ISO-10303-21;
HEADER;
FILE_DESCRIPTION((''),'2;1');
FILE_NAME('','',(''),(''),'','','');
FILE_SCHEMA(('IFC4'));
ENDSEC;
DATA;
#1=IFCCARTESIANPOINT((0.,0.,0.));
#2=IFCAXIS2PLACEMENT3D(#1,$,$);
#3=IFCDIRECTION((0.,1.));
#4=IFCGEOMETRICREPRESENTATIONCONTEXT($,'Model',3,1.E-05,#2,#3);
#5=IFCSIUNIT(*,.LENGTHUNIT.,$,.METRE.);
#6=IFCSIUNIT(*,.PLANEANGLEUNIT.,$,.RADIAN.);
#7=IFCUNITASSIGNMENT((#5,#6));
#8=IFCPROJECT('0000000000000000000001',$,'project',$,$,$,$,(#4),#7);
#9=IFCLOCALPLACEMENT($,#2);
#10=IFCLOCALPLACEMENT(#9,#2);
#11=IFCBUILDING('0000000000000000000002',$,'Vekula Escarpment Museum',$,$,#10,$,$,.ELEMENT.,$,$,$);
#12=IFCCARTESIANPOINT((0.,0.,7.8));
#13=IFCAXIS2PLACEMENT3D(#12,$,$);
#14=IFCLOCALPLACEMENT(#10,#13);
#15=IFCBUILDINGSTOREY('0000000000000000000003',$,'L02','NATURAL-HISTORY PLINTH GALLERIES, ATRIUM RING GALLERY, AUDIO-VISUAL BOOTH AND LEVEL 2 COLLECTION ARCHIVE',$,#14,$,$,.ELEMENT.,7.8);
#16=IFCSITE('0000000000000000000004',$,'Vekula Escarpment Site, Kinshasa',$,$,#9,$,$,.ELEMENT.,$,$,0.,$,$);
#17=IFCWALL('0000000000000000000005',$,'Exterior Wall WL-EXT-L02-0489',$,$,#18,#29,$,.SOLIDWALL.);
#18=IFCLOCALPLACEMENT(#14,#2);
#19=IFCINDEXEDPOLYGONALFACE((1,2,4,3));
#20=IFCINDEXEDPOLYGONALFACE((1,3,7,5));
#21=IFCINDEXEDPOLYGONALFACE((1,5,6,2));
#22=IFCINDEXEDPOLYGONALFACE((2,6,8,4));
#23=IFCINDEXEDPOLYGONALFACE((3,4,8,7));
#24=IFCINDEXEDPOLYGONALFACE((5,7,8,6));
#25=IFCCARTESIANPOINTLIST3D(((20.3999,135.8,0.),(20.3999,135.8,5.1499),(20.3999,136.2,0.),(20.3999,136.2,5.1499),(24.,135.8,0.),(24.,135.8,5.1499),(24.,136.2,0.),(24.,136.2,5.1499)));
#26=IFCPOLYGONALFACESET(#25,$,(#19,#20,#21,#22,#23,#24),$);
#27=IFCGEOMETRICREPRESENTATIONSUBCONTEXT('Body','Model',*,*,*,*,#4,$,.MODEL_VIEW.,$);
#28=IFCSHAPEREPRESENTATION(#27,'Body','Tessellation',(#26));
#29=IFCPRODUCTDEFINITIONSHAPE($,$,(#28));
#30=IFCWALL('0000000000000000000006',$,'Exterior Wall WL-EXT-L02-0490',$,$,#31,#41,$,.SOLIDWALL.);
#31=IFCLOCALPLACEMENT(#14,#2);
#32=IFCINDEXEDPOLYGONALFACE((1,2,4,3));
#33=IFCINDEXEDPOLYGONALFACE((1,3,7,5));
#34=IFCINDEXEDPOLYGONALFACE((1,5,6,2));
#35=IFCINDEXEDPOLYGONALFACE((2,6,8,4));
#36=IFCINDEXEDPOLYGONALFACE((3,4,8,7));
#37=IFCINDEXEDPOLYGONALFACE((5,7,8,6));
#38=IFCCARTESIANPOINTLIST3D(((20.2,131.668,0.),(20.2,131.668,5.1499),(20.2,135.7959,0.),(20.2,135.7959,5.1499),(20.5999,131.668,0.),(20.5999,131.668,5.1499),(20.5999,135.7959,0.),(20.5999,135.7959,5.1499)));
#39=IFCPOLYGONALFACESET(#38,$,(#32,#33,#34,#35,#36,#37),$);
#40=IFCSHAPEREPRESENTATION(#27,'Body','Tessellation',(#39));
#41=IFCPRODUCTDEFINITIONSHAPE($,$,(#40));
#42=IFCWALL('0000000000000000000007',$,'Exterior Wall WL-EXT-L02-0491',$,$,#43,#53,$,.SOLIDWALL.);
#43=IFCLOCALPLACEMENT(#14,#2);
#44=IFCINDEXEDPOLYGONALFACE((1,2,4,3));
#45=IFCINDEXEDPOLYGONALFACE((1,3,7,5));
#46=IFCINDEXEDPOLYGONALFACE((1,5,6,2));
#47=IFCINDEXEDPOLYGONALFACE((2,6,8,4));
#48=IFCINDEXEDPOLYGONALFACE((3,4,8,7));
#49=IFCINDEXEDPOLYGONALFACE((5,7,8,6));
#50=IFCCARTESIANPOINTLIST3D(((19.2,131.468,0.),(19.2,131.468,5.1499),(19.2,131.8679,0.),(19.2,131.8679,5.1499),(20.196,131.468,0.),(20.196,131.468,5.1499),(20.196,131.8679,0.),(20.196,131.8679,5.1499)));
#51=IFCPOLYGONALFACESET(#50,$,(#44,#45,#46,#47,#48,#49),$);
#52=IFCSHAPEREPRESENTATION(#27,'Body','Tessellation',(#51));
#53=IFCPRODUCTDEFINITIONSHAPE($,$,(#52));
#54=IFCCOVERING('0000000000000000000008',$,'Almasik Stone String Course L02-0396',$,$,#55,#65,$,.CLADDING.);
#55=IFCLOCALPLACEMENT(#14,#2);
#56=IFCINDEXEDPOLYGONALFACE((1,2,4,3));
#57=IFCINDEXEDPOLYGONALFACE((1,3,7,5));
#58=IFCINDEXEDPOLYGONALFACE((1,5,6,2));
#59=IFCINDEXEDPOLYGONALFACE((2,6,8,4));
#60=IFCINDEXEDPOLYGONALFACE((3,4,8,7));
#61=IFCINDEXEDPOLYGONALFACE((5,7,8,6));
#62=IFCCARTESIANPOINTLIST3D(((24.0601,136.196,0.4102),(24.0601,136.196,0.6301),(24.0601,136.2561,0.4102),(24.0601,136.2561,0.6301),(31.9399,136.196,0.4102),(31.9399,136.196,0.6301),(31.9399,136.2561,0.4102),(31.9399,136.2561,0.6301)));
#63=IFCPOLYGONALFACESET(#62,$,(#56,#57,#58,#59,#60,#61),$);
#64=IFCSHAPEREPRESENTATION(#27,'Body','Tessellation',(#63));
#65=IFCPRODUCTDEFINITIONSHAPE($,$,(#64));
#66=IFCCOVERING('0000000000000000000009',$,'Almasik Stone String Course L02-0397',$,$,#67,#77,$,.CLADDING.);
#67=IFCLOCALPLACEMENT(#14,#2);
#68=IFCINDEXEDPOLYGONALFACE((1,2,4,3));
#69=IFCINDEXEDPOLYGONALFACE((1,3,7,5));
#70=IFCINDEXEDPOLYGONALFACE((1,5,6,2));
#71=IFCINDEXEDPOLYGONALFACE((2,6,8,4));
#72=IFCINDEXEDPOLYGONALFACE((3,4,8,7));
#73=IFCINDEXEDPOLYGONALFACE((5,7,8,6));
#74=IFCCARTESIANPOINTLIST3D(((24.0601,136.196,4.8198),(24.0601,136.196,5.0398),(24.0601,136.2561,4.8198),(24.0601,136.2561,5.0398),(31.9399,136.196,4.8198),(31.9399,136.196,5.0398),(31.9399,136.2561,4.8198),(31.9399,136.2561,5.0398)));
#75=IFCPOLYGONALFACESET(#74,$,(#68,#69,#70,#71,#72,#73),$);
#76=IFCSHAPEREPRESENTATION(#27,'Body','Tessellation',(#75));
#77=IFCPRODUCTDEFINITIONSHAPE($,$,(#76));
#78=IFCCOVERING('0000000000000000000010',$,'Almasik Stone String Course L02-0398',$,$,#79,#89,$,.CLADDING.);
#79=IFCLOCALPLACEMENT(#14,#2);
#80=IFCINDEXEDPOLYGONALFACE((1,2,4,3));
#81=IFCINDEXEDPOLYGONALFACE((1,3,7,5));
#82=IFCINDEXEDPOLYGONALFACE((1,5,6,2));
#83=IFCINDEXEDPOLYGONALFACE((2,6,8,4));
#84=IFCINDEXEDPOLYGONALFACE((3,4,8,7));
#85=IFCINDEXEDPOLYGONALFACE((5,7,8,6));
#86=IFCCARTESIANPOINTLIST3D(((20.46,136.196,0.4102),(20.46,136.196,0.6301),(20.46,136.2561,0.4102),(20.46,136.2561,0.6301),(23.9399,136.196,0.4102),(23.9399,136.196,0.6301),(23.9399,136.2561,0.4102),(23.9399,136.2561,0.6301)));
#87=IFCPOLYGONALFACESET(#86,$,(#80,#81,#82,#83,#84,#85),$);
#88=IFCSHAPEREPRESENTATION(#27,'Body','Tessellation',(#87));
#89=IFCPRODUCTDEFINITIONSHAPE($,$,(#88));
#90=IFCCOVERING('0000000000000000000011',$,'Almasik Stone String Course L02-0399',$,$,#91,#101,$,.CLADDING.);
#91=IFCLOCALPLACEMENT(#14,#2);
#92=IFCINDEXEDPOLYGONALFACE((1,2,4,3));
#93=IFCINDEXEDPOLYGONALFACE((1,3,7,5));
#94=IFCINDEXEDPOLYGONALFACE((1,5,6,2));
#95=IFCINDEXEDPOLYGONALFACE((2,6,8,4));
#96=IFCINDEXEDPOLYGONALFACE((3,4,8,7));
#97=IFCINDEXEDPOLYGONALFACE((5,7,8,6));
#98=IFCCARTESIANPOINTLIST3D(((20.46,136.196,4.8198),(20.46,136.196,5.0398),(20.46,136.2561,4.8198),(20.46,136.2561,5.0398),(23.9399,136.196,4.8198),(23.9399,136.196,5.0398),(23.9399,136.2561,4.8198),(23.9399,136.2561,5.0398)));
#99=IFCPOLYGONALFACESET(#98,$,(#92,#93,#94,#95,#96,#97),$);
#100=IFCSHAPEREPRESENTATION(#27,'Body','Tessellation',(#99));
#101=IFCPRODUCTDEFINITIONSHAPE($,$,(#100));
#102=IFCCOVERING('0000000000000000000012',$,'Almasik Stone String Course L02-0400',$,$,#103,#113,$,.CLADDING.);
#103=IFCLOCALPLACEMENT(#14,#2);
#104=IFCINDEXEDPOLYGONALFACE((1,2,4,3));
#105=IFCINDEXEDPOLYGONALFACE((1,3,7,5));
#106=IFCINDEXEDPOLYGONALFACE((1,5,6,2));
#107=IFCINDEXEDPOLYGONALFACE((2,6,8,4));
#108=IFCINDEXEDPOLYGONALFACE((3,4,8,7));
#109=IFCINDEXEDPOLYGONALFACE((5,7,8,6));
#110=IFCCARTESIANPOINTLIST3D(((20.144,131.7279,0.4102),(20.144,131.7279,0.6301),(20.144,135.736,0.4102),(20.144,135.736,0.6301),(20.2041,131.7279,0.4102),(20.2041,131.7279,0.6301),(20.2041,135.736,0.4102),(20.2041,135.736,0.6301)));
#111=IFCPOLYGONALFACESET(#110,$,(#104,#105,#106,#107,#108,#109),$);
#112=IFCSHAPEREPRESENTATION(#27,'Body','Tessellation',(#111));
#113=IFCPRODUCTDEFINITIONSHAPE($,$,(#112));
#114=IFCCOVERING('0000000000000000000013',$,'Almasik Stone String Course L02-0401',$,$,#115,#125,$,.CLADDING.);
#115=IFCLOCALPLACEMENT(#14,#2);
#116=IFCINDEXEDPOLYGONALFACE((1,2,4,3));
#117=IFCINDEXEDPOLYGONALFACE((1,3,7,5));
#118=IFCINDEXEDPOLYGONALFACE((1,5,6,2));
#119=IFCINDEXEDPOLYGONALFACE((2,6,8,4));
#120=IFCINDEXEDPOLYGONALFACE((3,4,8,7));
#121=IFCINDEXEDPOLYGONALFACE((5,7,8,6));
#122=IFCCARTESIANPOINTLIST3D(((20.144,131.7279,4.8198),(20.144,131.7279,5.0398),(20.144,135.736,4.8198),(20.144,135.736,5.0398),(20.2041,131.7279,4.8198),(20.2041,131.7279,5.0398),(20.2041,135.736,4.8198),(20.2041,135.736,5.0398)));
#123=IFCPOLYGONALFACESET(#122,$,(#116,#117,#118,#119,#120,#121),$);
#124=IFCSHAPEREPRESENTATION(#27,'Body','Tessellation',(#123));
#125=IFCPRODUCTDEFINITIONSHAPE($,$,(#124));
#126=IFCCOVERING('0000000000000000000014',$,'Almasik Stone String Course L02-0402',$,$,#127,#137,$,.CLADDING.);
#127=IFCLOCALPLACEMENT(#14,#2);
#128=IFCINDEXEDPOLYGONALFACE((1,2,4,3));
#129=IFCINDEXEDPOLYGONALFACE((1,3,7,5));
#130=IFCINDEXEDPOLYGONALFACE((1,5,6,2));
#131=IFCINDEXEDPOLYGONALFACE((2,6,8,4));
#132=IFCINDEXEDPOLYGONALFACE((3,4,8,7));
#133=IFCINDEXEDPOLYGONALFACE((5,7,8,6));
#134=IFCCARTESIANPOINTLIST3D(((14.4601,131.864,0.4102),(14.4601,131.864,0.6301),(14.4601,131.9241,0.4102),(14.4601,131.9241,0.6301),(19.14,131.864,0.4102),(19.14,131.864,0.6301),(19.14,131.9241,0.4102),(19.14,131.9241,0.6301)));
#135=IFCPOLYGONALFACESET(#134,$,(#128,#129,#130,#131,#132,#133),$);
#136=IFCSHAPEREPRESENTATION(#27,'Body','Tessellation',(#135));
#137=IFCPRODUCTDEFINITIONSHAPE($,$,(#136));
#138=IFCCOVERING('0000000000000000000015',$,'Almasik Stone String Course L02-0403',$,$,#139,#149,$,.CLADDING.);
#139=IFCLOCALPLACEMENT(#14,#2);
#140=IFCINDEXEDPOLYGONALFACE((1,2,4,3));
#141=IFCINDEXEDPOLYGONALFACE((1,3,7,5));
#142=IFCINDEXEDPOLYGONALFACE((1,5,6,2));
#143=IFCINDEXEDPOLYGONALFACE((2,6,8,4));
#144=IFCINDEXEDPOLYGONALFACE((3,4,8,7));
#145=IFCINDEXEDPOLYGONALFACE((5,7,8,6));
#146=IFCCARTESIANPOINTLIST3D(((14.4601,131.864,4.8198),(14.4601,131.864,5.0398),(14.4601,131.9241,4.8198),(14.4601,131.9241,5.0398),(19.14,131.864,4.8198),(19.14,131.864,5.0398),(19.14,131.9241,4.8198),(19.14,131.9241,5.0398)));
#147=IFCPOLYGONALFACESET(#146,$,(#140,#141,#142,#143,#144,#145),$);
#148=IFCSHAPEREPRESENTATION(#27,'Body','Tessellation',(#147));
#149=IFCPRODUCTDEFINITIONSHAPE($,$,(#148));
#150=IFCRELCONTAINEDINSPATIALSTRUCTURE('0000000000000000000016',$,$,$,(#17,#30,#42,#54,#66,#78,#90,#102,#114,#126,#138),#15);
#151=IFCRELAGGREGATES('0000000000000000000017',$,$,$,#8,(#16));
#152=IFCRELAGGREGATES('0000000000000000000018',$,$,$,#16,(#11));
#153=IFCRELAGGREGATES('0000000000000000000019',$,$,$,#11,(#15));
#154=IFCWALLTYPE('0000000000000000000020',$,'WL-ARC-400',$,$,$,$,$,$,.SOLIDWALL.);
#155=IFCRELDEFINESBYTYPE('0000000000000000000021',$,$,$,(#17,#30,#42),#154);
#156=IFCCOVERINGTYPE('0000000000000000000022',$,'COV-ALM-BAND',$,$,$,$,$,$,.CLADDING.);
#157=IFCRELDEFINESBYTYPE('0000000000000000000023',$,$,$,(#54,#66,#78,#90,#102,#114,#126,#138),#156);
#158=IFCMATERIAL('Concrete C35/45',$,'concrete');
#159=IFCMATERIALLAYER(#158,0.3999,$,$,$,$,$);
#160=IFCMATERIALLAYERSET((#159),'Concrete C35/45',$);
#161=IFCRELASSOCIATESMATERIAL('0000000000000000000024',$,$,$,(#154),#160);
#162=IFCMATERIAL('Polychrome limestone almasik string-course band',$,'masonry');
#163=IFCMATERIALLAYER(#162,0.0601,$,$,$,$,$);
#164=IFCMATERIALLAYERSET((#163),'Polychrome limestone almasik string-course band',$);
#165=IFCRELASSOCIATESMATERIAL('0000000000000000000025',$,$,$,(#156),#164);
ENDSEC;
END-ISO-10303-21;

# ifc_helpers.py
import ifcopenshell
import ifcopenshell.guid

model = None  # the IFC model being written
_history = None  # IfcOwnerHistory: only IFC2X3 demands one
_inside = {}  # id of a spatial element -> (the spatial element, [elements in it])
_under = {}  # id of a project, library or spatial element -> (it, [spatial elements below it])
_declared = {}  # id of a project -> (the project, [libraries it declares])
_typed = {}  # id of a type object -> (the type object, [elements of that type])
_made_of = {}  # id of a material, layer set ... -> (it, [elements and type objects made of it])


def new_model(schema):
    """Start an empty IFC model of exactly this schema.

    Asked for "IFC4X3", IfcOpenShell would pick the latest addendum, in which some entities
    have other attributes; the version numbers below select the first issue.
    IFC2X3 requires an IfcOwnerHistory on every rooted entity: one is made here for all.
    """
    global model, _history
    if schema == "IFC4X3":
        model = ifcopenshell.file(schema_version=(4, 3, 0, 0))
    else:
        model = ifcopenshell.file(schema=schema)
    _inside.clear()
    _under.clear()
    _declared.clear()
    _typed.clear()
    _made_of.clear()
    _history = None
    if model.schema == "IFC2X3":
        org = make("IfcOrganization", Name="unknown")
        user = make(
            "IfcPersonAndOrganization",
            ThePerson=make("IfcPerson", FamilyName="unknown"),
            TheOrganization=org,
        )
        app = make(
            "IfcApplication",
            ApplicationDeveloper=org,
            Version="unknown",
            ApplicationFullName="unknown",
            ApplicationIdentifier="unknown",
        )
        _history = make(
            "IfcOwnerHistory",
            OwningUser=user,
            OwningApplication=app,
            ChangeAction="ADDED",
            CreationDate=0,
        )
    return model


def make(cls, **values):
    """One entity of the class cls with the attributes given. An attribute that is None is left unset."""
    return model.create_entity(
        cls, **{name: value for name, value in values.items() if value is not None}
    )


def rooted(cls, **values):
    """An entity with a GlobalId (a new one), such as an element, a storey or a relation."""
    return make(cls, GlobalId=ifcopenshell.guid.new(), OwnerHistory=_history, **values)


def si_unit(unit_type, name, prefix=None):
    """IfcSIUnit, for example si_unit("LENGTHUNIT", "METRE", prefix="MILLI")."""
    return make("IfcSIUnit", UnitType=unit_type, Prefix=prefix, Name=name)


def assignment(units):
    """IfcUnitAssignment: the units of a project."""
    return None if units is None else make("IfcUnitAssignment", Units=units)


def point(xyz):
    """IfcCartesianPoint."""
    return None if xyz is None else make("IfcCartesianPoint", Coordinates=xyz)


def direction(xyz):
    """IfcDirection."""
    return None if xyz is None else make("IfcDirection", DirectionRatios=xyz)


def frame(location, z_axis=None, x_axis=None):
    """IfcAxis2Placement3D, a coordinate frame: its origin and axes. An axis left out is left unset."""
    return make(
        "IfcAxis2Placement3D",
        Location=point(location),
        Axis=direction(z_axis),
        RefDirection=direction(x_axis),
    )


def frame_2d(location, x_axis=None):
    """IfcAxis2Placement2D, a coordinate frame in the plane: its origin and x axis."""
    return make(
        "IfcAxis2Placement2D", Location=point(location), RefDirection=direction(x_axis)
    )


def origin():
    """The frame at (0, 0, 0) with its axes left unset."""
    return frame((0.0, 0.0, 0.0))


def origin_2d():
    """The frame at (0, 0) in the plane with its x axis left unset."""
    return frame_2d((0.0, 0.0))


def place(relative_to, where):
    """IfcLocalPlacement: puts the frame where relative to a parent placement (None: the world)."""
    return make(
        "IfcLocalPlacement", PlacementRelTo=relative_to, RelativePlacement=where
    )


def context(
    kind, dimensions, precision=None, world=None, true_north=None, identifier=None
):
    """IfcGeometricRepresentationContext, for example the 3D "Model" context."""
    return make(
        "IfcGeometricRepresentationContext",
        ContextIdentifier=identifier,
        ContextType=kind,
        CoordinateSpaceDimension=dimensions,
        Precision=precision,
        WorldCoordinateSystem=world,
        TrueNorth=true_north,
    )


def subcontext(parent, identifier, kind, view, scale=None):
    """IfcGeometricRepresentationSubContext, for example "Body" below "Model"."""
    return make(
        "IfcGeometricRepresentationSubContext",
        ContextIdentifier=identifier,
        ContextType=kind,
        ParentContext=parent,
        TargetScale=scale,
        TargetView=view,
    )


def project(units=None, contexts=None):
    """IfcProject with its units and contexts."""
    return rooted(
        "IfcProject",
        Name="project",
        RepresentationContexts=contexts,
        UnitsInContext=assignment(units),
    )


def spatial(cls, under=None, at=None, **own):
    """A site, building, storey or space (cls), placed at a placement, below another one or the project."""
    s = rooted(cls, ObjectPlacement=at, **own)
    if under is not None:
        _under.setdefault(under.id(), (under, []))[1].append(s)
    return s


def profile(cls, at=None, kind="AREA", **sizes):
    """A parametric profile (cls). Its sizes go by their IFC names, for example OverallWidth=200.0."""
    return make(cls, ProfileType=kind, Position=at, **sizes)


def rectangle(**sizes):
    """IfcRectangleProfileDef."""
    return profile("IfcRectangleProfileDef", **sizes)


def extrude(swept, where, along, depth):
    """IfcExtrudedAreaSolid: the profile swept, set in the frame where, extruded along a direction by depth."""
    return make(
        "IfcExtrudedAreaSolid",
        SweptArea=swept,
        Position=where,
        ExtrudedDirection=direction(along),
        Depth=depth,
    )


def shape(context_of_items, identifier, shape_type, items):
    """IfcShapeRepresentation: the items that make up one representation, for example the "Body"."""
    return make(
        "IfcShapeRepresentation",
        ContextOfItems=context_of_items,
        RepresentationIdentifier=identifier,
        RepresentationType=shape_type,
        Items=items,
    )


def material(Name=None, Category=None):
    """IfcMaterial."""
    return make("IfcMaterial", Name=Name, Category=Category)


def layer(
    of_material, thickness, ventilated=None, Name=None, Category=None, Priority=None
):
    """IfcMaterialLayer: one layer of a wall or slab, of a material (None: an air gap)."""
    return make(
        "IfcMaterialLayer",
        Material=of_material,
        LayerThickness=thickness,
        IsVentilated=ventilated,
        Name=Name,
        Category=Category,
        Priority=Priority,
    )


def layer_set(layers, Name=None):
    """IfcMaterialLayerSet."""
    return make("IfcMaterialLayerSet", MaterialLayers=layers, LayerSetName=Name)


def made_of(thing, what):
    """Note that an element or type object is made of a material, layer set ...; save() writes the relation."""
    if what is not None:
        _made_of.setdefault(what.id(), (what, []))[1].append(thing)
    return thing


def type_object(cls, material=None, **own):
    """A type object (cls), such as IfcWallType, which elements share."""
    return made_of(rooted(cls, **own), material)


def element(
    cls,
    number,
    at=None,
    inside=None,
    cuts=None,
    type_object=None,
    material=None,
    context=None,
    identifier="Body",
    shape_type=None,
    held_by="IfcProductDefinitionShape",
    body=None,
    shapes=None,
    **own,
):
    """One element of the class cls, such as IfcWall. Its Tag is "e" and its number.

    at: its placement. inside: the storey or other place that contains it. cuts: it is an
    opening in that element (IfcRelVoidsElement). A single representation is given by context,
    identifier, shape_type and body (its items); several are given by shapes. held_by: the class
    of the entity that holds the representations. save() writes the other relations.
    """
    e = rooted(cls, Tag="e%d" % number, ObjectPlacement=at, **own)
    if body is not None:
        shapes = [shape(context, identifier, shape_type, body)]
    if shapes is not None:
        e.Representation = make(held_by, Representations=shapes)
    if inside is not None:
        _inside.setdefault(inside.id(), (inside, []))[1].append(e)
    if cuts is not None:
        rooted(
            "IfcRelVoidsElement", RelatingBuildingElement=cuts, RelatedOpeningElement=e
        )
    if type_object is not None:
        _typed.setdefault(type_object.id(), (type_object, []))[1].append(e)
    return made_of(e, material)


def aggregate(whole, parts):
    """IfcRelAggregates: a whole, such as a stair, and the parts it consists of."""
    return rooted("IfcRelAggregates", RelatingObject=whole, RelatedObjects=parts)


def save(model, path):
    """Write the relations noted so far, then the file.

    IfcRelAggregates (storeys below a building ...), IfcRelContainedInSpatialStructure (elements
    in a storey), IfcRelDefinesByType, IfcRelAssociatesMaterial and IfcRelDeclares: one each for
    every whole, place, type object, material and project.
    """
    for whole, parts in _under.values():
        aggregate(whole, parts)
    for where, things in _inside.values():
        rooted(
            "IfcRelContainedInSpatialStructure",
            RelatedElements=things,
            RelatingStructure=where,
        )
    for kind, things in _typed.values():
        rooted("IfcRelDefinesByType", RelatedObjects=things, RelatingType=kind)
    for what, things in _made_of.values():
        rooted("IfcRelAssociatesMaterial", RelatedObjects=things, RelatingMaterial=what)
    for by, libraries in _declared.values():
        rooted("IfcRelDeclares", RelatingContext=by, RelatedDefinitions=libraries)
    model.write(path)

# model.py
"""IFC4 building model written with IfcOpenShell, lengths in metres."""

from ifc_helpers import new_model, si_unit, direction, frame, frame_2d, origin, origin_2d, place, context, subcontext, project, spatial, rectangle, extrude, material, layer, layer_set, type_object, element, save


model = new_model("IFC4")

# Units and contexts
model_context = context("Model", 3, precision=1e-05, world=origin(), true_north=direction((0.0, 1.0)))
body_context = subcontext(model_context, "Body", "Model", "MODEL_VIEW")
ifc_project = project(units=[si_unit("LENGTHUNIT", "METRE"), si_unit("PLANEANGLEUNIT", "RADIAN")], contexts=[model_context])

# Site, building, storey
site_placement = place(None, origin())
site = spatial("IfcSite", under=ifc_project, at=site_placement, Name="Vekula Escarpment Site, Kinshasa", CompositionType="ELEMENT", RefElevation=0.0)
building_placement = place(site_placement, origin())
building = spatial("IfcBuilding", under=site, at=building_placement, Name="Vekula Escarpment Museum", CompositionType="ELEMENT")
storey_placement = place(building_placement, frame((0.0, 0.0, 7.8)))
storey = spatial("IfcBuildingStorey", under=building, at=storey_placement, Name="L02", Description="NATURAL-HISTORY PLINTH GALLERIES, ATRIUM RING GALLERY, AUDIO-VISUAL BOOTH AND LEVEL 2 COLLECTION ARCHIVE", CompositionType="ELEMENT", Elevation=7.8)

# Walls
ifc_material_1 = material(Name="Concrete C35/45", Category="concrete")
ifc_layer_1 = layer(ifc_material_1, 0.3999)
ifc_layer_set_1 = layer_set([ifc_layer_1], Name="Concrete C35/45")
wall_type = type_object("IfcWallType", Name="WL-ARC-400", PredefinedType="SOLIDWALL", material=ifc_layer_set_1)
wall_1_placement = place(storey_placement, frame((20.3999, 136.0, 0.0), z_axis=(0.0, 0.0, 1.0), x_axis=(1.0, 0.0, 0.0)))
element("IfcWall", 1, at=wall_1_placement, inside=storey, type_object=wall_type, Name="Exterior Wall WL-EXT-L02-0489", PredefinedType="SOLIDWALL", context=body_context, shape_type="SweptSolid", body=[
    extrude(rectangle(XDim=3.6001, YDim=0.3999, at=frame_2d((1.8, 0.0))), origin(), (0.0, 0.0, 1.0), 5.1499),
])
wall_2_placement = place(storey_placement, frame((20.3999, 131.668, 0.0), z_axis=(0.0, 0.0, 1.0), x_axis=(0.0, 1.0, 0.0)))
element("IfcWall", 2, at=wall_2_placement, inside=storey, type_object=wall_type, Name="Exterior Wall WL-EXT-L02-0490", PredefinedType="SOLIDWALL", context=body_context, shape_type="SweptSolid", body=[
    extrude(rectangle(XDim=4.1279, YDim=0.3999, at=frame_2d((2.064, 0.0))), origin(), (0.0, 0.0, 1.0), 5.1499),
])
wall_3_placement = place(storey_placement, frame((19.2, 131.668, 0.0), z_axis=(0.0, 0.0, 1.0), x_axis=(1.0, 0.0, 0.0)))
element("IfcWall", 3, at=wall_3_placement, inside=storey, type_object=wall_type, Name="Exterior Wall WL-EXT-L02-0491", PredefinedType="SOLIDWALL", context=body_context, shape_type="SweptSolid", body=[
    extrude(rectangle(XDim=0.9961, YDim=0.3999, at=frame_2d((0.498, 0.0))), origin(), (0.0, 0.0, 1.0), 5.1499),
])

# Coverings
ifc_material_2 = material(Name="Polychrome limestone almasik string-course band", Category="masonry")
ifc_layer_2 = layer(ifc_material_2, 0.0601)
ifc_layer_set_2 = layer_set([ifc_layer_2], Name="Polychrome limestone almasik string-course band")
covering_type = type_object("IfcCoveringType", Name="COV-ALM-BAND", PredefinedType="CLADDING", material=ifc_layer_set_2)
for number, where, z_axis, x_axis, name in (
    (4, (28.0, 136.2261, 0.4102), (0.0, 0.0, 1.0), (1.0, 0.0, 0.0), "Almasik Stone String Course L02-0396"),
    (5, (28.0, 136.2261, 4.8198), (0.0, 0.0, 1.0), (1.0, 0.0, 0.0), "Almasik Stone String Course L02-0397"),
):
    element("IfcCovering", number, at=place(storey_placement, frame(where, z_axis=z_axis, x_axis=x_axis)), inside=storey, type_object=covering_type, Name=name, PredefinedType="CLADDING", context=body_context, shape_type="SweptSolid", body=[
        extrude(rectangle(XDim=7.8799, YDim=0.0601, at=origin_2d()), origin(), (0.0, 0.0, 1.0), 0.22),
    ])
for number, where, z_axis, x_axis, name in (
    (6, (22.2, 136.2261, 0.4102), (0.0, 0.0, 1.0), (1.0, 0.0, 0.0), "Almasik Stone String Course L02-0398"),
    (7, (22.2, 136.2261, 4.8198), (0.0, 0.0, 1.0), (1.0, 0.0, 0.0), "Almasik Stone String Course L02-0399"),
):
    element("IfcCovering", number, at=place(storey_placement, frame(where, z_axis=z_axis, x_axis=x_axis)), inside=storey, type_object=covering_type, Name=name, PredefinedType="CLADDING", context=body_context, shape_type="SweptSolid", body=[
        extrude(rectangle(XDim=3.48, YDim=0.0601, at=origin_2d()), origin(), (0.0, 0.0, 1.0), 0.22),
    ])
for number, where, z_axis, x_axis, name in (
    (8, (20.1741, 133.7319, 0.4102), (0.0, 0.0, 1.0), (0.0, 1.0, 0.0), "Almasik Stone String Course L02-0400"),
    (9, (20.1741, 133.7319, 4.8198), (0.0, 0.0, 1.0), (0.0, 1.0, 0.0), "Almasik Stone String Course L02-0401"),
):
    element("IfcCovering", number, at=place(storey_placement, frame(where, z_axis=z_axis, x_axis=x_axis)), inside=storey, type_object=covering_type, Name=name, PredefinedType="CLADDING", context=body_context, shape_type="SweptSolid", body=[
        extrude(rectangle(XDim=4.0081, YDim=0.0601, at=origin_2d()), origin(), (0.0, 0.0, 1.0), 0.22),
    ])
for number, where, z_axis, x_axis, name in (
    (10, (16.8, 131.894, 0.4102), (0.0, 0.0, 1.0), (1.0, 0.0, 0.0), "Almasik Stone String Course L02-0402"),
    (11, (16.8, 131.894, 4.8198), (0.0, 0.0, 1.0), (1.0, 0.0, 0.0), "Almasik Stone String Course L02-0403"),
):
    element("IfcCovering", number, at=place(storey_placement, frame(where, z_axis=z_axis, x_axis=x_axis)), inside=storey, type_object=covering_type, Name=name, PredefinedType="CLADDING", context=body_context, shape_type="SweptSolid", body=[
        extrude(rectangle(XDim=4.6799, YDim=0.0601, at=origin_2d()), origin(), (0.0, 0.0, 1.0), 0.22),
    ])

save(model, "model.ifc")
